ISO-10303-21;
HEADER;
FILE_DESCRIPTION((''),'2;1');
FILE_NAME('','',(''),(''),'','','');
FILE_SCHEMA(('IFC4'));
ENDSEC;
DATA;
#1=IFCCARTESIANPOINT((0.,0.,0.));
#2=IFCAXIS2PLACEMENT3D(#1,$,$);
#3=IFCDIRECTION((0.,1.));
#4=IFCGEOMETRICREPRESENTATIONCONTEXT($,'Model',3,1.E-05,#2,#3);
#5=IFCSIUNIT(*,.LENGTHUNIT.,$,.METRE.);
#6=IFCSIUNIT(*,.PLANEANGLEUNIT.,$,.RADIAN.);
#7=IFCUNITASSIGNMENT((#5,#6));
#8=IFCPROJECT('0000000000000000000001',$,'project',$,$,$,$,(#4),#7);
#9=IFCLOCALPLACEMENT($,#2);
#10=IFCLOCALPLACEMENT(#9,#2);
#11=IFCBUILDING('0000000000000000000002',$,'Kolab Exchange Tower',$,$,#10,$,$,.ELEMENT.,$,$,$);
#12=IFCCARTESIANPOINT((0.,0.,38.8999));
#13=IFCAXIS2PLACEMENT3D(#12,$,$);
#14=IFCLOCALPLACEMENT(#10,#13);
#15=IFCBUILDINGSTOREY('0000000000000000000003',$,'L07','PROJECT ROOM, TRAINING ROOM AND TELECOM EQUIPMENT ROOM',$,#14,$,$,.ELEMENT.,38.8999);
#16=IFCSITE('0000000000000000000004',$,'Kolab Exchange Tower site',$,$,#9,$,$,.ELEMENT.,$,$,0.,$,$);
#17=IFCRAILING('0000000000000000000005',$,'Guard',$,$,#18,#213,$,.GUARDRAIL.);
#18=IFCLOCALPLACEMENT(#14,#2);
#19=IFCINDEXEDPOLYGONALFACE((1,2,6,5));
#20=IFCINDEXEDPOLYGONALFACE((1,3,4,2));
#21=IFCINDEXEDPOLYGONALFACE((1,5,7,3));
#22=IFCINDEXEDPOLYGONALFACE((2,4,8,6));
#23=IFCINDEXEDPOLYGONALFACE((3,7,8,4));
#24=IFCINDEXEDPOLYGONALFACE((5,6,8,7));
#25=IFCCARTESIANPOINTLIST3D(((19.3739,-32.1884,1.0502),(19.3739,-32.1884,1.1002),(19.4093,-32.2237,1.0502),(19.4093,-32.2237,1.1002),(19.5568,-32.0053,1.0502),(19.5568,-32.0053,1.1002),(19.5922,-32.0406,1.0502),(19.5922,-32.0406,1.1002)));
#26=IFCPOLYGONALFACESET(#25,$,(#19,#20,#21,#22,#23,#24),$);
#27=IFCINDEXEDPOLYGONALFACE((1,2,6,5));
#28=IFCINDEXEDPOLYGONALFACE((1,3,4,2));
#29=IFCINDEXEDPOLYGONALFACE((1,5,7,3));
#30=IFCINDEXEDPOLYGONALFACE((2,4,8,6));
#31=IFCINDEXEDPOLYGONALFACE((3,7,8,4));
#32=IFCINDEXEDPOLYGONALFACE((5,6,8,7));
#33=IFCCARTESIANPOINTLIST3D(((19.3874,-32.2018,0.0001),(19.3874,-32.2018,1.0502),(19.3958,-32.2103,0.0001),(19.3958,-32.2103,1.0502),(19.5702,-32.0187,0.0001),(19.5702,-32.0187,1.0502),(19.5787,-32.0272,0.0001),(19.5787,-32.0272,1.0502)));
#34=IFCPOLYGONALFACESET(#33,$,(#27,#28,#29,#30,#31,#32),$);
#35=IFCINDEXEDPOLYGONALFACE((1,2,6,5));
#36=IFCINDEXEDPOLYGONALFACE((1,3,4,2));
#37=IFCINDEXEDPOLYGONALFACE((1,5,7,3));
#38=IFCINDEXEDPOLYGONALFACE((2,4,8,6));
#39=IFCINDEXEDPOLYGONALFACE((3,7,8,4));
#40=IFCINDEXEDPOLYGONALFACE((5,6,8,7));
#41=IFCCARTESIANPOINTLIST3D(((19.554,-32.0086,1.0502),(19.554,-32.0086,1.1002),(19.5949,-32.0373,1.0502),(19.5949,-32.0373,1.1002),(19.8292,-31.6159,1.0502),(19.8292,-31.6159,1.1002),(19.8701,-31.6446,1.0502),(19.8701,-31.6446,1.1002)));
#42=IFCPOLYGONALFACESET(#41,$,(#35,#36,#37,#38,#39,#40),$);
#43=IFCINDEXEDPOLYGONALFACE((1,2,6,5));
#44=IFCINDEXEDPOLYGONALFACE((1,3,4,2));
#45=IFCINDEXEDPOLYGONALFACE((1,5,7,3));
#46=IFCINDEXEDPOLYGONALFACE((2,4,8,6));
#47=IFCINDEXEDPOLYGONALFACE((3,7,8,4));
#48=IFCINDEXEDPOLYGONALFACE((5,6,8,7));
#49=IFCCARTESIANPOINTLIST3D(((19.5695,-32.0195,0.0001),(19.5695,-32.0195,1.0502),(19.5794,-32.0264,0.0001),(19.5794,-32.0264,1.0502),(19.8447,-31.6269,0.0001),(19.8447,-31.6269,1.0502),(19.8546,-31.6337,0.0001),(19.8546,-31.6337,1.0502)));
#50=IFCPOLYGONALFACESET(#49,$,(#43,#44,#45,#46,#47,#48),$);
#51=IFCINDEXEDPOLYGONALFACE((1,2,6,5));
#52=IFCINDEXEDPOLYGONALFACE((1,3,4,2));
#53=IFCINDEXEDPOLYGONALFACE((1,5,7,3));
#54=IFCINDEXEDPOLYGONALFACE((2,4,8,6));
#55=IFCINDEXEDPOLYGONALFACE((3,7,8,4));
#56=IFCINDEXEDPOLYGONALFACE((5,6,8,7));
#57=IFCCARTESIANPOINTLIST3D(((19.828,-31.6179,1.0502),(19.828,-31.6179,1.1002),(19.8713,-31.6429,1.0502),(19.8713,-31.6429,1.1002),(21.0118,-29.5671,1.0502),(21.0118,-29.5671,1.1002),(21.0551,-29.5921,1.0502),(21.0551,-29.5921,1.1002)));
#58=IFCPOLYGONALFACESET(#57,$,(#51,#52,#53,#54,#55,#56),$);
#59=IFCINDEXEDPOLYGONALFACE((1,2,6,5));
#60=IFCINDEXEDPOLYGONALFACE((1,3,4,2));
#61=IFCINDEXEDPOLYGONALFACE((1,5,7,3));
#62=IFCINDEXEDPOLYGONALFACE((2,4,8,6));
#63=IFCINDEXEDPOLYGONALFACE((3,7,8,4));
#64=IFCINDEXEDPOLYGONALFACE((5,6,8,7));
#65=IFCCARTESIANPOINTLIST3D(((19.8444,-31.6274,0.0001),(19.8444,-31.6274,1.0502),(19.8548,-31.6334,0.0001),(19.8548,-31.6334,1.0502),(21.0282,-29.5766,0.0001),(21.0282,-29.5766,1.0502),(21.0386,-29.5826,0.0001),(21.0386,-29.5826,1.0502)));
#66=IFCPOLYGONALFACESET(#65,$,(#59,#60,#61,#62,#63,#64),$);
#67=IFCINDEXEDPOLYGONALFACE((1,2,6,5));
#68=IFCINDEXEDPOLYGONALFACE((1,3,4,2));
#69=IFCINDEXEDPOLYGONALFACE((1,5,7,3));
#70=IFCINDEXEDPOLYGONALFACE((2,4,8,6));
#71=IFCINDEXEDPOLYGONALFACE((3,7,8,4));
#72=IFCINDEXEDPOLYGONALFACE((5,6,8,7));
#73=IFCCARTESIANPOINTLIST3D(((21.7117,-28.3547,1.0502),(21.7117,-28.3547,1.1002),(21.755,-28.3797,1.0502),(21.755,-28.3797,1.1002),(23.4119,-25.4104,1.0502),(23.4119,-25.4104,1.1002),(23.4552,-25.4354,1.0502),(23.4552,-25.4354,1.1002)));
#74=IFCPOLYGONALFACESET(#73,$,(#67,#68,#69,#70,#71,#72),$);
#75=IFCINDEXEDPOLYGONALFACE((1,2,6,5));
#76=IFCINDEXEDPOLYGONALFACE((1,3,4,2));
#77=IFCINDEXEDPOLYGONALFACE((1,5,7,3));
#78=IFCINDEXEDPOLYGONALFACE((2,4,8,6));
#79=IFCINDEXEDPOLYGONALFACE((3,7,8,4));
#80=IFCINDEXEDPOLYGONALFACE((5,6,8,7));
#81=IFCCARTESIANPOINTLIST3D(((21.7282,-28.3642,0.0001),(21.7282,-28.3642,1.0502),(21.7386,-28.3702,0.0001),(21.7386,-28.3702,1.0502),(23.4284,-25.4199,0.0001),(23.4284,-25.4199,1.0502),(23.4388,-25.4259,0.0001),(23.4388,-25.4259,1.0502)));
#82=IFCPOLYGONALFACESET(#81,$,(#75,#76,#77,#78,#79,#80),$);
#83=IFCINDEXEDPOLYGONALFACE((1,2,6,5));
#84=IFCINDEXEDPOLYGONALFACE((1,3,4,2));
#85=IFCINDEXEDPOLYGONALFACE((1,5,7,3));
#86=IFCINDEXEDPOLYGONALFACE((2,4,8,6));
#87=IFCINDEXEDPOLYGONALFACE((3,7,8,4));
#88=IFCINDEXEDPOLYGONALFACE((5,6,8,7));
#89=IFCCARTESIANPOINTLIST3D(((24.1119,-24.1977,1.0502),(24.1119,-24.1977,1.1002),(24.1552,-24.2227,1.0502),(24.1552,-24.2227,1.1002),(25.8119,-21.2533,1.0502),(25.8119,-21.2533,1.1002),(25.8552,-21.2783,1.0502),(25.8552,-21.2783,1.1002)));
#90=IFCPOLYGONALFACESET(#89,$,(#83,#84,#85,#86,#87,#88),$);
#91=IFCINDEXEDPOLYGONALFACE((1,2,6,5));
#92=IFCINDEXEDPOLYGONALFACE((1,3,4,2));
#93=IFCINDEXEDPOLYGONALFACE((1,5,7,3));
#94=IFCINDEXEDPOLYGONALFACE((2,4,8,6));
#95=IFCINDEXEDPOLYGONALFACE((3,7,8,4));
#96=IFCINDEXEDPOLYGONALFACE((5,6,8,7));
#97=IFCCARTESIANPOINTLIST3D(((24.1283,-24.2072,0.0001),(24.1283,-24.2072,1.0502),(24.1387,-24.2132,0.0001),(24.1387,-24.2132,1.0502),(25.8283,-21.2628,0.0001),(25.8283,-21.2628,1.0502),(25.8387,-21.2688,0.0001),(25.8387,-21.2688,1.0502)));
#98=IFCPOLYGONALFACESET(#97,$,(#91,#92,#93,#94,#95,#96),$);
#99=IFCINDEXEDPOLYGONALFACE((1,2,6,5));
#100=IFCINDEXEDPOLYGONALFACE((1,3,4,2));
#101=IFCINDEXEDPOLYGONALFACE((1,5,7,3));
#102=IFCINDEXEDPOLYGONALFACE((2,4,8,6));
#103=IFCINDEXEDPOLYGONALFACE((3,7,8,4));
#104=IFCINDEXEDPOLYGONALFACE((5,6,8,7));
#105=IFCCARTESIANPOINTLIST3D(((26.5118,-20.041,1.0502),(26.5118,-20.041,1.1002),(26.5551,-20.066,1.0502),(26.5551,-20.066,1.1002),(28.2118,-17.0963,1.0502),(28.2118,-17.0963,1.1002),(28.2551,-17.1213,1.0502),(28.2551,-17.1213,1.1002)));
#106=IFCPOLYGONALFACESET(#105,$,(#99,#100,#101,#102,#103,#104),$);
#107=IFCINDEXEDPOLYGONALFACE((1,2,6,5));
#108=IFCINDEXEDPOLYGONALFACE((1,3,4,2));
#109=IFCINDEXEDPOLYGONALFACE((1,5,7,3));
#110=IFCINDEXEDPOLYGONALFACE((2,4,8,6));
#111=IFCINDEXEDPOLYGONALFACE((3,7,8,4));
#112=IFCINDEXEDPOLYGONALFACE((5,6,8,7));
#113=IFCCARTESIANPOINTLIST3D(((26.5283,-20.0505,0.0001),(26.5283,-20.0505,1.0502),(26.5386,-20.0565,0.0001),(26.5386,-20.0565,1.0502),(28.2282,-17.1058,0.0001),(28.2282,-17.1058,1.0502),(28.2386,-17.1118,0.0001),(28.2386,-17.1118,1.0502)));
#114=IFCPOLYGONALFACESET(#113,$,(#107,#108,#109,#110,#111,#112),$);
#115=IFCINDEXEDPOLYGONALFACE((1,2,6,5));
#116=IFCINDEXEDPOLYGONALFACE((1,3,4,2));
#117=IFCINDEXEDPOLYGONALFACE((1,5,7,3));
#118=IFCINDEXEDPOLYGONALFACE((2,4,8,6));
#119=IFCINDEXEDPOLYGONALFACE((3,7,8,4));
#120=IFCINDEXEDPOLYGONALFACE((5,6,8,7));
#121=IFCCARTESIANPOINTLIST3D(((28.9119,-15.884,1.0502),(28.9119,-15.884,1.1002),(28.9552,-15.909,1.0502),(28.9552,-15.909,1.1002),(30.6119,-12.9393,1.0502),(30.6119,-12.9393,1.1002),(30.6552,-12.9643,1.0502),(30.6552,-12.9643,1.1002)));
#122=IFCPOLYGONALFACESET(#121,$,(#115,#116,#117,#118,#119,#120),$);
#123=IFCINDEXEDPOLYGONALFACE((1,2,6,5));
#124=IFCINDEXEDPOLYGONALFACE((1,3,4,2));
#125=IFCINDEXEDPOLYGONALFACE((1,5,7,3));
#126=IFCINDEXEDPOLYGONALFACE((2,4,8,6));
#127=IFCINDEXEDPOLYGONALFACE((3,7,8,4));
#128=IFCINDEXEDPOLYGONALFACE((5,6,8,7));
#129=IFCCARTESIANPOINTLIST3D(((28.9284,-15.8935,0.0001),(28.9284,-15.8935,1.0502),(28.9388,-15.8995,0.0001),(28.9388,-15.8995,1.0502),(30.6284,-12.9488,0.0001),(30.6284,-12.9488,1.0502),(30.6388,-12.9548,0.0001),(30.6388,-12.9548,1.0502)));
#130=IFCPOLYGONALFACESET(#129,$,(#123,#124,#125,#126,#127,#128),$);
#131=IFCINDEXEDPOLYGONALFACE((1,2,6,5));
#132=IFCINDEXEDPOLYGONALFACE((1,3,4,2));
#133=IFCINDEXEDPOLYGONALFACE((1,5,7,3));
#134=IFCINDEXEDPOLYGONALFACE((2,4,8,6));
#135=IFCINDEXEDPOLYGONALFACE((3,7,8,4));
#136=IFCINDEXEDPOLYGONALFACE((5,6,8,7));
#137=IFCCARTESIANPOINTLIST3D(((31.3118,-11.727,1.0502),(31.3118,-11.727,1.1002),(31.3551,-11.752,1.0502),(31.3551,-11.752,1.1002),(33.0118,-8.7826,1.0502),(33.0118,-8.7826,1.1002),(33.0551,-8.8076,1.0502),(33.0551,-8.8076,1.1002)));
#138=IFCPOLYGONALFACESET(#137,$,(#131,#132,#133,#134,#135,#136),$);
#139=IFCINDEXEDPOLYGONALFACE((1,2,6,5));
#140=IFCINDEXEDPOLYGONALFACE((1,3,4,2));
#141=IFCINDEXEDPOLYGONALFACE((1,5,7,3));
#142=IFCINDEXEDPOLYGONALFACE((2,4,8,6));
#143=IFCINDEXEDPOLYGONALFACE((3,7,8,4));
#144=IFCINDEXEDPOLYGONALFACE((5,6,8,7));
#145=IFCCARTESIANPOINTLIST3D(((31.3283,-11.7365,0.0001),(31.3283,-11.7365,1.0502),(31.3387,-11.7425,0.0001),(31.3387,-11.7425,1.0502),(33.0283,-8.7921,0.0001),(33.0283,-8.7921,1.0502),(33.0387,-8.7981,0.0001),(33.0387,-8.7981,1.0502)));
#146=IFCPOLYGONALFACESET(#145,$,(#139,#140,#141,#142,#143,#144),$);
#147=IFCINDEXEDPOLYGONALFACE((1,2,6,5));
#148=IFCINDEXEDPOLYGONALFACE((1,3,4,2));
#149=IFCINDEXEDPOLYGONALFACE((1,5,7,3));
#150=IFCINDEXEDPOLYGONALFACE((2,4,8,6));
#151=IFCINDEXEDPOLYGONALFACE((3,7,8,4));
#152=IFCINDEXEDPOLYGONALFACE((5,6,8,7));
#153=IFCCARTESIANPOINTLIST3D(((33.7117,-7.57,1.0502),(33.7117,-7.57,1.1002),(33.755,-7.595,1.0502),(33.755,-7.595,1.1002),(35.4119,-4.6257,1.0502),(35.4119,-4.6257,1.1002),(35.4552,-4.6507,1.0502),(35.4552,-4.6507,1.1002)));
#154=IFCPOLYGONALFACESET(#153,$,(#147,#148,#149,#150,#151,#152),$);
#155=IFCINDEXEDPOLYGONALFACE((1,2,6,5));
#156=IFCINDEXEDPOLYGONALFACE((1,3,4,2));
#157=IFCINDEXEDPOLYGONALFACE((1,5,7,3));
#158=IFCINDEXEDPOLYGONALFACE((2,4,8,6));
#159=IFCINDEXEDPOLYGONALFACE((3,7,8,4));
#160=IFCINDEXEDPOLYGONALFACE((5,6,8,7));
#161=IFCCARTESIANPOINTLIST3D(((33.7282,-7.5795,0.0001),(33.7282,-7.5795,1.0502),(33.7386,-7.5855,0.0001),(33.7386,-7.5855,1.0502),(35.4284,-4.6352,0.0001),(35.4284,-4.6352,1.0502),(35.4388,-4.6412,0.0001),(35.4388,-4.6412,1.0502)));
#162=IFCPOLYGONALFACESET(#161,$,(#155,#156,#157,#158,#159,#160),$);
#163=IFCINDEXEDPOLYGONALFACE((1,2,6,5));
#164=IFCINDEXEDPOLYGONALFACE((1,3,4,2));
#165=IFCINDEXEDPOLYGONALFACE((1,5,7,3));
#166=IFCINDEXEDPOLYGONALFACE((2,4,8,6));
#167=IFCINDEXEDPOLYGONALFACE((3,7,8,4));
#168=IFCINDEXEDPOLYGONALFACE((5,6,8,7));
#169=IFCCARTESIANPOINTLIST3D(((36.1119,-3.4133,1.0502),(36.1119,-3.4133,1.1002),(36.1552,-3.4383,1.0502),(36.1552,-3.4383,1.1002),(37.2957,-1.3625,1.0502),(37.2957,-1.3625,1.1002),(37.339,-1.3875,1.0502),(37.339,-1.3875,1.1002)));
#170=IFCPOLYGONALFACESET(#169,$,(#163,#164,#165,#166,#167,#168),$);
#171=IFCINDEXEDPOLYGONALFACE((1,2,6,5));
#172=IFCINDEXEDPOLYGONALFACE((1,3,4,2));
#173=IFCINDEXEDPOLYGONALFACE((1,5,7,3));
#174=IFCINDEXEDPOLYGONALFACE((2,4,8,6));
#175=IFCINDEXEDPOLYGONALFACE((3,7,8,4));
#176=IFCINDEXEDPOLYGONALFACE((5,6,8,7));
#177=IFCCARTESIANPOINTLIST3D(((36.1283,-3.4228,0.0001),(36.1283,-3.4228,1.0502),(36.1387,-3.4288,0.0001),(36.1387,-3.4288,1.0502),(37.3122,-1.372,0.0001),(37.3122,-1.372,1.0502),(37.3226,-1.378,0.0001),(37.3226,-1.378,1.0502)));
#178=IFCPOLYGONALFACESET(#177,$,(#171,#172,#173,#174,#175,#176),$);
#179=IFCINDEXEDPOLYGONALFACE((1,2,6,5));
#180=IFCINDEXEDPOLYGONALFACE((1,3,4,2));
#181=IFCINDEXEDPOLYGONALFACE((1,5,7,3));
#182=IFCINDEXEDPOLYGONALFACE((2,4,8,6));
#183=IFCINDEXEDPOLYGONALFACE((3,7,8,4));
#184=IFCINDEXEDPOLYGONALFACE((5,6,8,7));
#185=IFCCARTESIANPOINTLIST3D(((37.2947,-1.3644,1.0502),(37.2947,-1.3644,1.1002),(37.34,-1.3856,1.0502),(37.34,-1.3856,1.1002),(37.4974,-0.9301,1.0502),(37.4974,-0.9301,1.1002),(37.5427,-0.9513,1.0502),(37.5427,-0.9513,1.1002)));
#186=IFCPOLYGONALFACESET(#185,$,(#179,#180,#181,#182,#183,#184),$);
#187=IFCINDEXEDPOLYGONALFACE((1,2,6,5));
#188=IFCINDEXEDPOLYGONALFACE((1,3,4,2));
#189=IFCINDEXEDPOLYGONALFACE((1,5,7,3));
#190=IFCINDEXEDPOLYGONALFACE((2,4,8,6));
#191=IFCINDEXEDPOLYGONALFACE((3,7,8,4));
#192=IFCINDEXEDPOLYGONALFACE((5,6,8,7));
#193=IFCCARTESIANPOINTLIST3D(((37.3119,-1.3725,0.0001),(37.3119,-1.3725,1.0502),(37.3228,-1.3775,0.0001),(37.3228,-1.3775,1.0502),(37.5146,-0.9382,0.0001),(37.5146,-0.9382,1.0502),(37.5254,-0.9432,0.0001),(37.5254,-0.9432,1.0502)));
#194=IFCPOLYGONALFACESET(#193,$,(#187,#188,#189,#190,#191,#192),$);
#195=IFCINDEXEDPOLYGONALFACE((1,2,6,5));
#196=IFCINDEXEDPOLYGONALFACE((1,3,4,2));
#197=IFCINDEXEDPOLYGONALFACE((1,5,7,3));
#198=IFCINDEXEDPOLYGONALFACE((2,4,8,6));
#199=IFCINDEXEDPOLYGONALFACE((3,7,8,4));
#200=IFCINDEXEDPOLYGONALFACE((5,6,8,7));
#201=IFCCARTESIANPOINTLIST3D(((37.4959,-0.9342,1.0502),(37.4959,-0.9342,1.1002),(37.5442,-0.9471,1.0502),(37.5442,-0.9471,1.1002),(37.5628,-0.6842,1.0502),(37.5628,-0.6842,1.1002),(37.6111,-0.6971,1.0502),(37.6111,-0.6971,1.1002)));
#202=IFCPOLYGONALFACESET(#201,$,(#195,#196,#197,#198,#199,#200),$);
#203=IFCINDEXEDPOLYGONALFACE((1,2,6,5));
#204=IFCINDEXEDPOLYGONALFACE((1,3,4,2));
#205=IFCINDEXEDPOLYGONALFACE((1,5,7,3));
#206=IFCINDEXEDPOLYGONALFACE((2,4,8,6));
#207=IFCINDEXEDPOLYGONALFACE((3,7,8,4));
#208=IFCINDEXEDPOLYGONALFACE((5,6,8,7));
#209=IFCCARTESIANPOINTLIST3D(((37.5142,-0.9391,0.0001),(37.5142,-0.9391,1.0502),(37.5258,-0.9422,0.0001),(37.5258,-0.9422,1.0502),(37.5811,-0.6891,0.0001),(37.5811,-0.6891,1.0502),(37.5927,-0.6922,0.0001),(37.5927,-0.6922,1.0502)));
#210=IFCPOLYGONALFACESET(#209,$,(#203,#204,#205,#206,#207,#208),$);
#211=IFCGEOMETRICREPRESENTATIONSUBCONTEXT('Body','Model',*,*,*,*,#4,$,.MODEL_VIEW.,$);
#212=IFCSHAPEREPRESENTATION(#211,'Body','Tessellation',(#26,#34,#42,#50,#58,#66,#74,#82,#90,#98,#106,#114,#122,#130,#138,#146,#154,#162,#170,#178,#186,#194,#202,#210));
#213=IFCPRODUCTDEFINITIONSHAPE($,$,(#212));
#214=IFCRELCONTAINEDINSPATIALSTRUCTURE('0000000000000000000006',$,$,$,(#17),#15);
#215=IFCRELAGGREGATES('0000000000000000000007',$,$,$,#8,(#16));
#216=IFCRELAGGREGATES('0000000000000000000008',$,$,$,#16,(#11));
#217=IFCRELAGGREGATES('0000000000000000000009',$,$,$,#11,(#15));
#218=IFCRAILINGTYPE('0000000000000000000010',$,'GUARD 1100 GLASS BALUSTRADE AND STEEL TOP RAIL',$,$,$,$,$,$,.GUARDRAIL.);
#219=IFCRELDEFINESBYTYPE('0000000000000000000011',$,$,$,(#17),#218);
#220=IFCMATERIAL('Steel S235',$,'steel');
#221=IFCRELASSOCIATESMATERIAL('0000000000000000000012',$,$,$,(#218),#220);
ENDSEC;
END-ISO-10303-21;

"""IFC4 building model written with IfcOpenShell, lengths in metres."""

from ifc_helpers import new_model, si_unit, direction, frame, frame_2d, origin, origin_2d, place, context, subcontext, project, spatial, rectangle, extrude, material, type_object, element, save


model = new_model("IFC4")

# Units and contexts
model_context = context("Model", 3, precision=1e-05, world=origin(), true_north=direction((0.0, 1.0)))
body_context = subcontext(model_context, "Body", "Model", "MODEL_VIEW")
ifc_project = project(units=[si_unit("LENGTHUNIT", "METRE"), si_unit("PLANEANGLEUNIT", "RADIAN")], contexts=[model_context])

# Site, building, storey
site_placement = place(None, origin())
site = spatial("IfcSite", under=ifc_project, at=site_placement, Name="Kolab Exchange Tower site", CompositionType="ELEMENT", RefElevation=0.0)
building_placement = place(site_placement, origin())
building = spatial("IfcBuilding", under=site, at=building_placement, Name="Kolab Exchange Tower", CompositionType="ELEMENT")
storey_placement = place(building_placement, frame((0.0, 0.0, 38.8999)))
storey = spatial("IfcBuildingStorey", under=building, at=storey_placement, Name="L07", Description="PROJECT ROOM, TRAINING ROOM AND TELECOM EQUIPMENT ROOM", CompositionType="ELEMENT", Elevation=38.8999)

# Railing
ifc_material_1 = material(Name="Steel S235", Category="steel")
railing_type = type_object("IfcRailingType", Name="GUARD 1100 GLASS BALUSTRADE AND STEEL TOP RAIL", PredefinedType="GUARDRAIL", material=ifc_material_1)
railing_placement = place(storey_placement, frame((19.3916, -32.2061, 0.0)))
element("IfcRailing", 1, at=railing_placement, inside=storey, type_object=railing_type, Name="Guard", PredefinedType="GUARDRAIL", context=body_context, shape_type="SweptSolid", body=[
    extrude(rectangle(XDim=0.05, YDim=0.05, at=origin_2d()), frame((0.0, 0.0, 1.0752), z_axis=(0.706635, 0.707578, 0.0), x_axis=(-0.707578, 0.706635, 0.0)), (0.0, 0.0, 1.0), 0.2588),
    extrude(rectangle(XDim=0.012, YDim=1.0501, at=frame_2d((0.0, 0.5251))), frame((0.0, 0.0, 0.0), z_axis=(0.706635, 0.707578, 0.0), x_axis=(-0.707578, 0.706635, 0.0)), (0.0, 0.0, 1.0), 0.2588),
    extrude(rectangle(XDim=0.05, YDim=0.05, at=origin_2d()), frame((0.1829, 0.1831, 1.0752), z_axis=(0.573941, 0.818897, 0.0), x_axis=(-0.818897, 0.573941, 0.0)), (0.0, 0.0, 1.0), 0.4795),
    extrude(rectangle(XDim=0.012, YDim=1.0501, at=frame_2d((0.0, 0.5251))), frame((0.1829, 0.1831, 0.0), z_axis=(0.573941, 0.818897, 0.0), x_axis=(-0.818897, 0.573941, 0.0)), (0.0, 0.0, 1.0), 0.4795),
    extrude(rectangle(XDim=0.05, YDim=0.05, at=origin_2d()), frame((0.458, 0.5757, 1.0752), z_axis=(0.499943, 0.866059, 0.0), x_axis=(-0.866059, 0.499943, 0.0)), (0.0, 0.0, 1.0), 2.3679),
    extrude(rectangle(XDim=0.012, YDim=1.0501, at=frame_2d((0.0, 0.5251))), frame((0.458, 0.5757, 0.0), z_axis=(0.499943, 0.866059, 0.0), x_axis=(-0.866059, 0.499943, 0.0)), (0.0, 0.0, 1.0), 2.3679),
    extrude(rectangle(XDim=0.05, YDim=0.05, at=origin_2d()), frame((2.3418, 3.8389, 1.0752), z_axis=(0.500062, 0.865989, 0.0), x_axis=(-0.865989, 0.500062, 0.0)), (0.0, 0.0, 1.0), 3.3999),
    extrude(rectangle(XDim=0.012, YDim=1.0501, at=frame_2d((0.0, 0.5251))), frame((2.3418, 3.8389, 0.0), z_axis=(0.500062, 0.865989, 0.0), x_axis=(-0.865989, 0.500062, 0.0)), (0.0, 0.0, 1.0), 3.3999),
    extrude(rectangle(XDim=0.05, YDim=0.05, at=origin_2d()), frame((4.7419, 7.9958, 1.0752), z_axis=(0.500008, 0.866021, 0.0), x_axis=(-0.866021, 0.500008, 0.0)), (0.0, 0.0, 1.0), 3.3999),
    extrude(rectangle(XDim=0.012, YDim=1.0501, at=frame_2d((0.0, 0.5251))), frame((4.7419, 7.9958, 0.0), z_axis=(0.500008, 0.866021, 0.0), x_axis=(-0.866021, 0.500008, 0.0)), (0.0, 0.0, 1.0), 3.3999),
    extrude(rectangle(XDim=0.05, YDim=0.05, at=origin_2d()), frame((7.1418, 12.1526, 1.0752), z_axis=(0.499977, 0.866039, 0.0), x_axis=(-0.866039, 0.499977, 0.0)), (0.0, 0.0, 1.0), 3.4001),
    extrude(rectangle(XDim=0.012, YDim=1.0501, at=frame_2d((0.0, 0.5251))), frame((7.1418, 12.1526, 0.0), z_axis=(0.499977, 0.866039, 0.0), x_axis=(-0.866039, 0.499977, 0.0)), (0.0, 0.0, 1.0), 3.4001),
    extrude(rectangle(XDim=0.05, YDim=0.05, at=origin_2d()), frame((9.542, 16.3096, 1.0752), z_axis=(0.499977, 0.866039, 0.0), x_axis=(-0.866039, 0.499977, 0.0)), (0.0, 0.0, 1.0), 3.4001),
    extrude(rectangle(XDim=0.012, YDim=1.0501, at=frame_2d((0.0, 0.5251))), frame((9.542, 16.3096, 0.0), z_axis=(0.499977, 0.866039, 0.0), x_axis=(-0.866039, 0.499977, 0.0)), (0.0, 0.0, 1.0), 3.4001),
    extrude(rectangle(XDim=0.05, YDim=0.05, at=origin_2d()), frame((11.9419, 20.4666, 1.0752), z_axis=(0.500008, 0.866021, 0.0), x_axis=(-0.866021, 0.500008, 0.0)), (0.0, 0.0, 1.0), 3.3999),
    extrude(rectangle(XDim=0.012, YDim=1.0501, at=frame_2d((0.0, 0.5251))), frame((11.9419, 20.4666, 0.0), z_axis=(0.500008, 0.866021, 0.0), x_axis=(-0.866021, 0.500008, 0.0)), (0.0, 0.0, 1.0), 3.3999),
    extrude(rectangle(XDim=0.05, YDim=0.05, at=origin_2d()), frame((14.3418, 24.6235, 1.0752), z_axis=(0.500062, 0.865989, 0.0), x_axis=(-0.865989, 0.500062, 0.0)), (0.0, 0.0, 1.0), 3.3999),
    extrude(rectangle(XDim=0.012, YDim=1.0501, at=frame_2d((0.0, 0.5251))), frame((14.3418, 24.6235, 0.0), z_axis=(0.500062, 0.865989, 0.0), x_axis=(-0.865989, 0.500062, 0.0)), (0.0, 0.0, 1.0), 3.3999),
    extrude(rectangle(XDim=0.05, YDim=0.05, at=origin_2d()), frame((16.7419, 28.7803, 1.0752), z_axis=(0.499943, 0.866059, 0.0), x_axis=(-0.866059, 0.499943, 0.0)), (0.0, 0.0, 1.0), 2.3679),
    extrude(rectangle(XDim=0.012, YDim=1.0501, at=frame_2d((0.0, 0.5251))), frame((16.7419, 28.7803, 0.0), z_axis=(0.499943, 0.866059, 0.0), x_axis=(-0.866059, 0.499943, 0.0)), (0.0, 0.0, 1.0), 2.3679),
    extrude(rectangle(XDim=0.05, YDim=0.05, at=origin_2d()), frame((17.9258, 30.8311, 1.0752), z_axis=(0.422802, 0.906222, 0.0), x_axis=(-0.906222, 0.422802, 0.0)), (0.0, 0.0, 1.0), 0.4792),
    extrude(rectangle(XDim=0.012, YDim=1.0501, at=frame_2d((0.0, 0.5251))), frame((17.9258, 30.8311, 0.0), z_axis=(0.422802, 0.906222, 0.0), x_axis=(-0.906222, 0.422802, 0.0)), (0.0, 0.0, 1.0), 0.4792),
    extrude(rectangle(XDim=0.05, YDim=0.05, at=origin_2d()), frame((18.1284, 31.2654, 1.0752), z_axis=(0.258485, 0.966015, 0.0), x_axis=(-0.966015, 0.258485, 0.0)), (0.0, 0.0, 1.0), 0.2588),
    extrude(rectangle(XDim=0.012, YDim=1.0501, at=frame_2d((0.0, 0.5251))), frame((18.1284, 31.2654, 0.0), z_axis=(0.258485, 0.966015, 0.0), x_axis=(-0.966015, 0.258485, 0.0)), (0.0, 0.0, 1.0), 0.2588),
])

save(model, "model.ifc")
